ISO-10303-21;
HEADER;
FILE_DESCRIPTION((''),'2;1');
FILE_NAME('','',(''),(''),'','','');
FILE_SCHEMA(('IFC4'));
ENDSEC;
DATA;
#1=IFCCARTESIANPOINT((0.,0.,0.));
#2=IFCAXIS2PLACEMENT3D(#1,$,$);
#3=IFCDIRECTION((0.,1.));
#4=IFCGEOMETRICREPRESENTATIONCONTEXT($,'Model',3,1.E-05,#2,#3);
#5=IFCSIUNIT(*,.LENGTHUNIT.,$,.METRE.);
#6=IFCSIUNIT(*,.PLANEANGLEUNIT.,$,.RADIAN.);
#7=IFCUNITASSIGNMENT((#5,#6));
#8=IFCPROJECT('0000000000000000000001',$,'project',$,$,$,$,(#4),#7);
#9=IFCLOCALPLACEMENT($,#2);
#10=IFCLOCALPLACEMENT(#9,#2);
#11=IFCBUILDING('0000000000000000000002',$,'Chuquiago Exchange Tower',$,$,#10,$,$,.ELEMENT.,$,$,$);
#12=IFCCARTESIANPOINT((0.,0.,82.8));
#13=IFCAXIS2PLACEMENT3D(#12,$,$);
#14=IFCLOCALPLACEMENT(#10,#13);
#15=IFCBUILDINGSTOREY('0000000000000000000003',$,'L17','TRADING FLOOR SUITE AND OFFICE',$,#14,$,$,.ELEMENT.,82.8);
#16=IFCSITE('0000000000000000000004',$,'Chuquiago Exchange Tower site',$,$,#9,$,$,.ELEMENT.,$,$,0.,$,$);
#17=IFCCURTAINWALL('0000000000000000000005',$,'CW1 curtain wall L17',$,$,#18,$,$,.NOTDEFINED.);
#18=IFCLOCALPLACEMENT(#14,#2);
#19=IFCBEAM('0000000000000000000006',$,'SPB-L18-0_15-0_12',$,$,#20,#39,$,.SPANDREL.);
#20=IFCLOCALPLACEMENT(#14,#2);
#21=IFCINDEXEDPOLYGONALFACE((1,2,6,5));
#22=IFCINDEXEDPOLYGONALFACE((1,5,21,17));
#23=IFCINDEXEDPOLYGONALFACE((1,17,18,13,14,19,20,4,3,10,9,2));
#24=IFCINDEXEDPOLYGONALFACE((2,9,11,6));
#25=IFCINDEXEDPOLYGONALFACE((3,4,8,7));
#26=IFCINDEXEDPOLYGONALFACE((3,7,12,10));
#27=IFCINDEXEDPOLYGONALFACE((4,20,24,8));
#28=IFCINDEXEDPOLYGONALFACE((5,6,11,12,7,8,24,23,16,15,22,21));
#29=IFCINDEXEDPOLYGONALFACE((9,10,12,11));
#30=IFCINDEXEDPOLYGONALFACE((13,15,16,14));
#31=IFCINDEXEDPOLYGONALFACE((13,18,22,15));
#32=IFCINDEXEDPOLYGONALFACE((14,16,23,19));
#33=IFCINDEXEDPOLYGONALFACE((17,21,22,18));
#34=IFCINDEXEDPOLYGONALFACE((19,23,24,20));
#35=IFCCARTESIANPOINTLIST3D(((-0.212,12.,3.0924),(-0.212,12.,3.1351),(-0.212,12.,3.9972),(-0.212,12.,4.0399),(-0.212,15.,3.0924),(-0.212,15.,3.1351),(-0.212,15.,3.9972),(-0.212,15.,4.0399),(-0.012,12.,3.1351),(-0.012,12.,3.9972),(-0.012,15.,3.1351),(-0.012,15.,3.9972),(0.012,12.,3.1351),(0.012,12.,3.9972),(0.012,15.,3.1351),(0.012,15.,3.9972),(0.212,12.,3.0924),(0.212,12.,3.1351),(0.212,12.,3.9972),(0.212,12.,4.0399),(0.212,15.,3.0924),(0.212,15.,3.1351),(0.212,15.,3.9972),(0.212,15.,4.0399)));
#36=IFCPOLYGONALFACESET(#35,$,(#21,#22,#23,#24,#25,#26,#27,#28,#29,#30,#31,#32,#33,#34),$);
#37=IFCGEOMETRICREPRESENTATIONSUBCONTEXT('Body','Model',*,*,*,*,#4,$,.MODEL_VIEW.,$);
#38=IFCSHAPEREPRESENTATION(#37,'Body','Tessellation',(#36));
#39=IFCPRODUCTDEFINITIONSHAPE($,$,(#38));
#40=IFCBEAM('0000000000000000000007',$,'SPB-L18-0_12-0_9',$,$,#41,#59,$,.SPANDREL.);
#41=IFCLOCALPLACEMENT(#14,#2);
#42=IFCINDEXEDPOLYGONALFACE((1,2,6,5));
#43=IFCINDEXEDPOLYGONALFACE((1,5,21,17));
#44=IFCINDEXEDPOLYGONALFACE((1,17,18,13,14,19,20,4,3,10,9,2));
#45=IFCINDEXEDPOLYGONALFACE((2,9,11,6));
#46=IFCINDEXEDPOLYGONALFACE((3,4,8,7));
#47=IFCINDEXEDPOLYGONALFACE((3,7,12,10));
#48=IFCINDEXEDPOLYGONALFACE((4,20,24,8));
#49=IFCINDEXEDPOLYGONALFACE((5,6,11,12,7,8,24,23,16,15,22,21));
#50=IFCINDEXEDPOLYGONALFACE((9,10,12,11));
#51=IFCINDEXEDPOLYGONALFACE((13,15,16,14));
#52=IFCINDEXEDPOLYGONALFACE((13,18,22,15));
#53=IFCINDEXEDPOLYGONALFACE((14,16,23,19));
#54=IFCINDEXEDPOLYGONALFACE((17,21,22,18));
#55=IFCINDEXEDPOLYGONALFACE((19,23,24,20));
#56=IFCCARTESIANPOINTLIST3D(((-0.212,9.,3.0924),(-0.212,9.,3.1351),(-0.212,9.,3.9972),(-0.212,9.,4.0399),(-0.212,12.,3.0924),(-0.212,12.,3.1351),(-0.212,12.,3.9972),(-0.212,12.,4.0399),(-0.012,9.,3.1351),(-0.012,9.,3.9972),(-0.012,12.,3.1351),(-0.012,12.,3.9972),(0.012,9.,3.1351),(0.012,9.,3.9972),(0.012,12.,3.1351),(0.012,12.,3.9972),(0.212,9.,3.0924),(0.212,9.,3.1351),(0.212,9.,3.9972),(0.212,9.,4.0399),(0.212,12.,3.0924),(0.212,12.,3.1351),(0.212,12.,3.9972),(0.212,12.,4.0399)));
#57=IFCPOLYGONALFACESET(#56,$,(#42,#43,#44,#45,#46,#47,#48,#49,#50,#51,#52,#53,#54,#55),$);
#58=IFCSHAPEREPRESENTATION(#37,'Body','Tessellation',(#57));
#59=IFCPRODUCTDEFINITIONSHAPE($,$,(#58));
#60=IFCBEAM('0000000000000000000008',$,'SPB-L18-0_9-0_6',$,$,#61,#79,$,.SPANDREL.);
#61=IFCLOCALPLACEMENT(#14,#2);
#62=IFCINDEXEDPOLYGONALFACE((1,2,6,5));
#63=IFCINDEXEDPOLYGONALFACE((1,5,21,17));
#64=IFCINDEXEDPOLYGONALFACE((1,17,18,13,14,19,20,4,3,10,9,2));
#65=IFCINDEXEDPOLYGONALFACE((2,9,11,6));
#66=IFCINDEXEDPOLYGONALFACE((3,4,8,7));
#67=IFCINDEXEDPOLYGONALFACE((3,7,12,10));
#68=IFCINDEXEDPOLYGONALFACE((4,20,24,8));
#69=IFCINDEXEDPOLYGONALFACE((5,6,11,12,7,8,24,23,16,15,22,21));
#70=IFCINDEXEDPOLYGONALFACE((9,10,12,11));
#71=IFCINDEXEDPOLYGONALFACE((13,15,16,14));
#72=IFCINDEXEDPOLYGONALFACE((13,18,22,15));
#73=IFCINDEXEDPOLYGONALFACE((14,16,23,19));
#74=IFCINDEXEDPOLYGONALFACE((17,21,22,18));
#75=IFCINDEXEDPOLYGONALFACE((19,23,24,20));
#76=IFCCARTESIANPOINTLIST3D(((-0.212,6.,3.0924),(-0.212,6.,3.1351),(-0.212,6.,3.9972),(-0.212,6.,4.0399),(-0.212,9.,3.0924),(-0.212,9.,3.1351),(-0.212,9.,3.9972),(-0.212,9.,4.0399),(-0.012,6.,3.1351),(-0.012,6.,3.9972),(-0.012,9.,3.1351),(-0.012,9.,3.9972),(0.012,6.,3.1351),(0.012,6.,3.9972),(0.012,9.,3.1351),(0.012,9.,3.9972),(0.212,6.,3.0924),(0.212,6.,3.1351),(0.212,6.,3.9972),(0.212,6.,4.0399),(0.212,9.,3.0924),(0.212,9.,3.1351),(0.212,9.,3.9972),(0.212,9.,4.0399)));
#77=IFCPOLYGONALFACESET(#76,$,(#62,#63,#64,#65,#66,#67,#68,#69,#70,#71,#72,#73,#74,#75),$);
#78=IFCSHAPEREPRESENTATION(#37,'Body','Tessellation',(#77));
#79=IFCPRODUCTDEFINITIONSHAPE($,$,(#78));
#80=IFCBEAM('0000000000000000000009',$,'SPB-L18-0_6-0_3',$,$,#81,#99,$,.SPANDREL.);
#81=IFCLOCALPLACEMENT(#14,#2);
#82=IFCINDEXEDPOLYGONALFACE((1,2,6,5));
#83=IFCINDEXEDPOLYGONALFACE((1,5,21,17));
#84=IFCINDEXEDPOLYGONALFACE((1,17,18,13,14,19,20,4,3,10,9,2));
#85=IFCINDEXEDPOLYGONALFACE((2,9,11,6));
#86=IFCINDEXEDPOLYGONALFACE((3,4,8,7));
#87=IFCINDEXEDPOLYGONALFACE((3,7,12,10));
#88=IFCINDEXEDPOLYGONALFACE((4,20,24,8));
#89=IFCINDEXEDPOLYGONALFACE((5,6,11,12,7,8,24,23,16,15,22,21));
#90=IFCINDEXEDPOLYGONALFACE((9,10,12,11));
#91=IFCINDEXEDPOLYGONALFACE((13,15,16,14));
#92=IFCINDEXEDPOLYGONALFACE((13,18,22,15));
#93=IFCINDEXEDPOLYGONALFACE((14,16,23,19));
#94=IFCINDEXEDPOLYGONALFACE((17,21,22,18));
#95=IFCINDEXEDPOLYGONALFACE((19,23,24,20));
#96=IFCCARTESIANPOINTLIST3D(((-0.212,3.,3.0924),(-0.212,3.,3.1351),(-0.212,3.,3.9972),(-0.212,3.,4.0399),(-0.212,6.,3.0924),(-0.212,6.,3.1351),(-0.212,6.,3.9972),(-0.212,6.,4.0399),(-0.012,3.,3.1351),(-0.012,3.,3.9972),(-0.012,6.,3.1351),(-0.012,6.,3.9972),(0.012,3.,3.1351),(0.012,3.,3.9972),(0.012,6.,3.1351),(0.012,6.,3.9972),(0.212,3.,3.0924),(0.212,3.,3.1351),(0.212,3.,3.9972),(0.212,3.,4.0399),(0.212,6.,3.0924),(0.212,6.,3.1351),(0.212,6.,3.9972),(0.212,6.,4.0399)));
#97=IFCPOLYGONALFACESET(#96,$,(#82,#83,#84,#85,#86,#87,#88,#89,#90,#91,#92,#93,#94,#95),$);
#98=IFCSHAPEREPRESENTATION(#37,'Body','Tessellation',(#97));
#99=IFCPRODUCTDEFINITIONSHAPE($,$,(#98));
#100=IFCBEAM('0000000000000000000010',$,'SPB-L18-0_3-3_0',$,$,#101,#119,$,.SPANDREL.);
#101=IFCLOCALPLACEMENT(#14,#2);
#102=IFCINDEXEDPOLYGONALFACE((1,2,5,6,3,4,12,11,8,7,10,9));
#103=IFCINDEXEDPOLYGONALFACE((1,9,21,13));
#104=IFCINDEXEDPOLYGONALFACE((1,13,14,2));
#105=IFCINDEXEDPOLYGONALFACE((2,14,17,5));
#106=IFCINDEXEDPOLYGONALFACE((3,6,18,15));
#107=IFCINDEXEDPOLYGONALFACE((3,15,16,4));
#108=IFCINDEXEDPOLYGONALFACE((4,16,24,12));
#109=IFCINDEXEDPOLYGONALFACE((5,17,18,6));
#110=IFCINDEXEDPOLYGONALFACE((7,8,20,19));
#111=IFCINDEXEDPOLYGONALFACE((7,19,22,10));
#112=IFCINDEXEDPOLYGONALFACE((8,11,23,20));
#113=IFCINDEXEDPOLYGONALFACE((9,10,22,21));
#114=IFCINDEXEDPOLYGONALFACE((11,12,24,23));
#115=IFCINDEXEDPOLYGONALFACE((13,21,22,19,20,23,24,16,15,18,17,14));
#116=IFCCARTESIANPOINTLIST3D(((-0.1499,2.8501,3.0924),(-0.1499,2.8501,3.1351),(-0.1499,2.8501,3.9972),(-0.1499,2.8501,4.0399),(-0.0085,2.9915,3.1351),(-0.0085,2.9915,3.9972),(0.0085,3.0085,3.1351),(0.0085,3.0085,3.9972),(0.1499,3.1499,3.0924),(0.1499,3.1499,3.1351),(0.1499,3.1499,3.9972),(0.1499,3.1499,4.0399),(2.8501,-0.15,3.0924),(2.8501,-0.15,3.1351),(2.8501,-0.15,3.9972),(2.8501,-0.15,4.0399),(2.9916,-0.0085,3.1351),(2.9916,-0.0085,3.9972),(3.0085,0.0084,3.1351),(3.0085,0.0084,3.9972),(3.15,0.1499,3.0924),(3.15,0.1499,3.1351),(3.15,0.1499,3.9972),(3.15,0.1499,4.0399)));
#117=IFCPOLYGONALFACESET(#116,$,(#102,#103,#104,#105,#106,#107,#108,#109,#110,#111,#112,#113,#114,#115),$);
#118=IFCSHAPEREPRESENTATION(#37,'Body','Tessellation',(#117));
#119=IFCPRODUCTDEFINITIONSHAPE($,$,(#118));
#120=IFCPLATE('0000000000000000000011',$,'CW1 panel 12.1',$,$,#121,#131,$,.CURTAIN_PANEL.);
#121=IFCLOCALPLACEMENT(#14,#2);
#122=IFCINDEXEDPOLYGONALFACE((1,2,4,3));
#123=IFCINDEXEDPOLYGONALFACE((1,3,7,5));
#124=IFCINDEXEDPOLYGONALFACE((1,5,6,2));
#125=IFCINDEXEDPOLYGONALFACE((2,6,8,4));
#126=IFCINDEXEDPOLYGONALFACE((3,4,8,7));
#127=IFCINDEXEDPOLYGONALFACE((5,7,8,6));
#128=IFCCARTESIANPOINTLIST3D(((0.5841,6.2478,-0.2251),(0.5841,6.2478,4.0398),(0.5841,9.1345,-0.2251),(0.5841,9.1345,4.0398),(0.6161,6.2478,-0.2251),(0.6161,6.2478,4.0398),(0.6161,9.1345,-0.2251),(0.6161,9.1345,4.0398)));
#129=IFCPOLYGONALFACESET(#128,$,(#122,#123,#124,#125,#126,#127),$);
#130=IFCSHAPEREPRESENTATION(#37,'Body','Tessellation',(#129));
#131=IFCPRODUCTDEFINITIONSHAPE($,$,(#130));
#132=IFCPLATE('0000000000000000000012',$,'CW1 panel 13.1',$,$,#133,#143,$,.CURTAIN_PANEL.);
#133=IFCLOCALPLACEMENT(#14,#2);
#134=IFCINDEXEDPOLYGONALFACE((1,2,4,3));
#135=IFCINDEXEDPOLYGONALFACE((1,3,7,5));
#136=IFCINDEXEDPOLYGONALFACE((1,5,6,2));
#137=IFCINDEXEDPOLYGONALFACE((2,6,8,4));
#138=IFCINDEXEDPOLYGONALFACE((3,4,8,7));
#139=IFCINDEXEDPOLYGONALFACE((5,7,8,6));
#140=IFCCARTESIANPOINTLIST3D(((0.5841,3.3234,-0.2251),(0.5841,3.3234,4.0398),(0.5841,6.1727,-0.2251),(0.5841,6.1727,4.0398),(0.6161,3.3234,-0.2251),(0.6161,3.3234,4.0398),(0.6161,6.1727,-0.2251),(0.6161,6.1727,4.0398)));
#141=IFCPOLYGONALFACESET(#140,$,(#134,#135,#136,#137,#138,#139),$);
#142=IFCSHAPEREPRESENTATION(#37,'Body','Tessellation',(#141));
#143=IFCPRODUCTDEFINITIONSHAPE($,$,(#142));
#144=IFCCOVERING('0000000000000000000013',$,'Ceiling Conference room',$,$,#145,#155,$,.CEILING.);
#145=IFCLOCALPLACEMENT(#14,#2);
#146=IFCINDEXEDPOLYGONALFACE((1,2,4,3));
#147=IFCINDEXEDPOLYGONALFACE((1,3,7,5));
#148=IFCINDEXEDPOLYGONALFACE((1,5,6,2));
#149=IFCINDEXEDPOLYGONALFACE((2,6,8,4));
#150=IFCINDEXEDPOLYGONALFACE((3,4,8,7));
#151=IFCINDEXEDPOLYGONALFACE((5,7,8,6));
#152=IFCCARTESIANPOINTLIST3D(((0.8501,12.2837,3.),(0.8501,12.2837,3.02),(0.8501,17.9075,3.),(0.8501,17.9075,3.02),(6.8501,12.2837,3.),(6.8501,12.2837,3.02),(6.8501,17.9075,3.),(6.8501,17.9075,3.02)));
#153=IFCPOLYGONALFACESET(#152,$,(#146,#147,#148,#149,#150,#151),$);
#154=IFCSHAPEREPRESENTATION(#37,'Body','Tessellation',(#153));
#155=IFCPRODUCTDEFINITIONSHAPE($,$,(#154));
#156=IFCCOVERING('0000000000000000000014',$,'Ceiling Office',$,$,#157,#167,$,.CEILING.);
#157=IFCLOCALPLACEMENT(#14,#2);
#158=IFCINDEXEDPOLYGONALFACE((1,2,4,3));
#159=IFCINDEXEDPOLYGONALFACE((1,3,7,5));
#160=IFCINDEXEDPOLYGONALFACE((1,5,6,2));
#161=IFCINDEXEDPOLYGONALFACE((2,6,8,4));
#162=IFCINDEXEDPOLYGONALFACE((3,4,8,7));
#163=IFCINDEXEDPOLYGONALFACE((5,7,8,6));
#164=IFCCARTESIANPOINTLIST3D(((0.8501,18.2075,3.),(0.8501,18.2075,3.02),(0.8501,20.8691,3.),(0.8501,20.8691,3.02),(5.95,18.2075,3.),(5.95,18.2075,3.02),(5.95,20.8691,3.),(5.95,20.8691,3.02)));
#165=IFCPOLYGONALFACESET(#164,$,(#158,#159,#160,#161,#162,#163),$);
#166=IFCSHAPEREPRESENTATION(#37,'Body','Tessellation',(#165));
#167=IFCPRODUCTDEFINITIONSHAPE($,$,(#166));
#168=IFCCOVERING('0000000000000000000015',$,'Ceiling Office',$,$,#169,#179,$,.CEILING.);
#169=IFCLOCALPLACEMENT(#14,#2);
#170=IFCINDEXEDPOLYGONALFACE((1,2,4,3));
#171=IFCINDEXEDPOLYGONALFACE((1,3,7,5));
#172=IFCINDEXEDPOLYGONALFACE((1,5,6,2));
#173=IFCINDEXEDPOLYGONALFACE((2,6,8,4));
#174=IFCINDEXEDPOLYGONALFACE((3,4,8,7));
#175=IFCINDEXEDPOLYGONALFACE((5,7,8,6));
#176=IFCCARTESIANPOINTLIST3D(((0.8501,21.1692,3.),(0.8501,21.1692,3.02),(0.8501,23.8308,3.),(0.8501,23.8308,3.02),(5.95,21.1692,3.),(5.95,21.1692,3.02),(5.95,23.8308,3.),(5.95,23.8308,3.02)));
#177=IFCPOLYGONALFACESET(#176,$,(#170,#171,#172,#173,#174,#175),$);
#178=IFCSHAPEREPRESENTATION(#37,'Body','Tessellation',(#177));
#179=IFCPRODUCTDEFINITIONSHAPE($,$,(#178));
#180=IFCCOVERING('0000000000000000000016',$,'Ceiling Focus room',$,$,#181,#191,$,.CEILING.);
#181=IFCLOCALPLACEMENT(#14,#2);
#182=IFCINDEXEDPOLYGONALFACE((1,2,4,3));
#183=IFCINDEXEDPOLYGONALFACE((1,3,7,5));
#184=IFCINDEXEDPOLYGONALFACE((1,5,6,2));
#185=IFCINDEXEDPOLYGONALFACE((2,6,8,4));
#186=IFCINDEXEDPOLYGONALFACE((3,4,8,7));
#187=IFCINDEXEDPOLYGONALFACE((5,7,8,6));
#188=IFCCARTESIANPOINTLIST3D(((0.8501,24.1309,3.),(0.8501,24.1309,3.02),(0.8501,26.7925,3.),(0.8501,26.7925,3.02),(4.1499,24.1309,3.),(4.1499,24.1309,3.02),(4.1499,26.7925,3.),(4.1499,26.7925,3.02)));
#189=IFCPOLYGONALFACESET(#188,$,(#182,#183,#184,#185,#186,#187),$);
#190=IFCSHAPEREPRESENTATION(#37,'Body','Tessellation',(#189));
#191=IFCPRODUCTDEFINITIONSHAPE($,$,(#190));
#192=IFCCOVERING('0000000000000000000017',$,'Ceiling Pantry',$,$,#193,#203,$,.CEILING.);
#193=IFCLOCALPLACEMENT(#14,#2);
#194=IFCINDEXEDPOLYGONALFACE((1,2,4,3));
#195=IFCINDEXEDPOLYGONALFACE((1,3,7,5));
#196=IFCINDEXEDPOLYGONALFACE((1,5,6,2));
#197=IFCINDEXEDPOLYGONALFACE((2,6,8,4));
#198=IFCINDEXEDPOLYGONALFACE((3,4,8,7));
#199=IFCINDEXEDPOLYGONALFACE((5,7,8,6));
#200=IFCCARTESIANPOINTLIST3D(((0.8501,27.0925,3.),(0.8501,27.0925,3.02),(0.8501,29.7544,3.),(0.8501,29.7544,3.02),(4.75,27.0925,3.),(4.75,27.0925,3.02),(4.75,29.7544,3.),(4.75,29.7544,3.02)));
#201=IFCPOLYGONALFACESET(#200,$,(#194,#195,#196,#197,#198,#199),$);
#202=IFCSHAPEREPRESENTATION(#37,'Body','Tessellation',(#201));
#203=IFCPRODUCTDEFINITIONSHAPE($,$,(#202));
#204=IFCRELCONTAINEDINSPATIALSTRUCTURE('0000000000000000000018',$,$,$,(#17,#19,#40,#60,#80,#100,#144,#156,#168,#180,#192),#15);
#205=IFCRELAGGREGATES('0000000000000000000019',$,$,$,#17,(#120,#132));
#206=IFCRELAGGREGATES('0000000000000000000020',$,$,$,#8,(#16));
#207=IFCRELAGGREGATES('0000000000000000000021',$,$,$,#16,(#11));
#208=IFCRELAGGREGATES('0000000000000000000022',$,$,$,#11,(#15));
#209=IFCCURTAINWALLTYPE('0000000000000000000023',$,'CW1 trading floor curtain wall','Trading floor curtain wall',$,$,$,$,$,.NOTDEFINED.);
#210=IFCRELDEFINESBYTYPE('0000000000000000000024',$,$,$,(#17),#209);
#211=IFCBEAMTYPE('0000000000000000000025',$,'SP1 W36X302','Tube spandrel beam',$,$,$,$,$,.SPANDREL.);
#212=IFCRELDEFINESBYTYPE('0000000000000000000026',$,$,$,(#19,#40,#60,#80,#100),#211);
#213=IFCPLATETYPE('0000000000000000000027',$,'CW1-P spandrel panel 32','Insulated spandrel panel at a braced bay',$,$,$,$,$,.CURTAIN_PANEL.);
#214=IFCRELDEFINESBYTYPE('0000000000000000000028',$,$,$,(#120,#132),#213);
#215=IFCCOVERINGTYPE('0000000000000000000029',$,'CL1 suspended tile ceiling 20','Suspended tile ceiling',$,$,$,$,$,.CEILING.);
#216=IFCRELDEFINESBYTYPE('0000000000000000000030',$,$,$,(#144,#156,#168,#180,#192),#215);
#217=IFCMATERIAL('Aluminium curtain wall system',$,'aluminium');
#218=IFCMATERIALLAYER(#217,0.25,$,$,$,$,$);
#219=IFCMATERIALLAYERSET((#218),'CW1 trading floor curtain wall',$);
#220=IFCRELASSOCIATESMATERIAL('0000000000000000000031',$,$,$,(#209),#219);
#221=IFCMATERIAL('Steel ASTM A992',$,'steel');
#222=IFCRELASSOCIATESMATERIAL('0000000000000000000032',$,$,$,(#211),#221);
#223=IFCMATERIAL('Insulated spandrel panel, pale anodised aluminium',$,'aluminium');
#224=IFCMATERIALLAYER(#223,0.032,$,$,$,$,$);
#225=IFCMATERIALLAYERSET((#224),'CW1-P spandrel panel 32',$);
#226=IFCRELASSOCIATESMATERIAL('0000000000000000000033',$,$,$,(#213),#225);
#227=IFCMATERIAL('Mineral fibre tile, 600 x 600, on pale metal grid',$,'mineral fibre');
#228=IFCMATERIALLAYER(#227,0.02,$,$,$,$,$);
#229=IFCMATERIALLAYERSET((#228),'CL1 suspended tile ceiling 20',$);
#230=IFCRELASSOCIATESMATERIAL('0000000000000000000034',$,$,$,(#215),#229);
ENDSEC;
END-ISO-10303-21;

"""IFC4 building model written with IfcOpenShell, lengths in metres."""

from ifc_helpers import new_model, si_unit, direction, frame, origin, origin_2d, place, context, subcontext, project, spatial, polyline, rectangle, i_section, outline, extrude, material, layer, layer_set, material_profile, profile_set, type_object, element, aggregate, save


model = new_model("IFC4")

# Units and contexts
model_context = context("Model", 3, precision=1e-05, world=origin(), true_north=direction((0.0, 1.0)))
body_context = subcontext(model_context, "Body", "Model", "MODEL_VIEW")
ifc_project = project(units=[si_unit("LENGTHUNIT", "METRE"), si_unit("PLANEANGLEUNIT", "RADIAN")], contexts=[model_context])

# Site, building, storey
site_placement = place(None, origin())
site = spatial("IfcSite", under=ifc_project, at=site_placement, Name="Chuquiago Exchange Tower site", CompositionType="ELEMENT", RefElevation=0.0)
building_placement = place(site_placement, origin())
building = spatial("IfcBuilding", under=site, at=building_placement, Name="Chuquiago Exchange Tower", CompositionType="ELEMENT")
storey_placement = place(building_placement, frame((0.0, 0.0, 82.8)))
storey = spatial("IfcBuildingStorey", under=building, at=storey_placement, Name="L17", Description="TRADING FLOOR SUITE AND OFFICE", CompositionType="ELEMENT", Elevation=82.8)

# Curtain wall
ifc_material_1 = material(Name="Aluminium curtain wall system", Category="aluminium")
ifc_layer_1 = layer(ifc_material_1, 0.25)
ifc_layer_set_1 = layer_set([ifc_layer_1], Name="CW1 trading floor curtain wall")
curtain_wall_type = type_object("IfcCurtainWallType", Name="CW1 trading floor curtain wall", Description="Trading floor curtain wall", PredefinedType="NOTDEFINED", material=ifc_layer_set_1)
curtain_wall_placement = place(storey_placement, origin())
curtain_wall = element("IfcCurtainWall", 1, at=curtain_wall_placement, inside=storey, type_object=curtain_wall_type, Name="CW1 curtain wall L17", PredefinedType="NOTDEFINED")

# Beams
ifc_material_2 = material(Name="Steel ASTM A992", Category="steel")
ifc_material_profile_1 = material_profile(ifc_material_2, i_section(OverallWidth=0.4241, OverallDepth=0.9475, WebThickness=0.0239, FlangeThickness=0.0427, at=origin_2d()), Name="W36X302")
ifc_profile_set_1 = profile_set([ifc_material_profile_1], Name="Steel ASTM A992")
beam_type = type_object("IfcBeamType", Name="SP1 W36X302", Description="Tube spandrel beam", PredefinedType="SPANDREL", material=ifc_profile_set_1)
for number, where, z_axis, x_axis, name in (
    (2, (0.0, 15.0, 3.5662), (0.0, -1.0, 0.0), (1.0, 0.0, 0.0), "SPB-L18-0_15-0_12"),
    (3, (0.0, 12.0, 3.5662), (0.0, -1.0, 0.0), (1.0, 0.0, 0.0), "SPB-L18-0_12-0_9"),
    (4, (0.0, 9.0, 3.5662), (0.0, -1.0, 0.0), (1.0, 0.0, 0.0), "SPB-L18-0_9-0_6"),
    (5, (0.0, 6.0, 3.5662), (0.0, -1.0, 0.0), (1.0, 0.0, 0.0), "SPB-L18-0_6-0_3"),
):
    element("IfcBeam", number, at=place(storey_placement, frame(where, z_axis=z_axis, x_axis=x_axis)), inside=storey, type_object=beam_type, Name=name, PredefinedType="SPANDREL", context=body_context, shape_type="SweptSolid", body=[
        extrude(i_section(OverallWidth=0.4241, OverallDepth=0.9475, WebThickness=0.0239, FlangeThickness=0.0427, at=origin_2d()), origin(), (0.0, 0.0, 1.0), 3.0),
    ])
beam_placement = place(storey_placement, frame((0.0, 3.0, 3.5662), z_axis=(0.707107, -0.707107, 0.0), x_axis=(0.707107, 0.707107, 0.0)))
element("IfcBeam", 6, at=beam_placement, inside=storey, type_object=beam_type, Name="SPB-L18-0_3-3_0", PredefinedType="SPANDREL", context=body_context, shape_type="SweptSolid", body=[
    extrude(i_section(OverallWidth=0.4241, OverallDepth=0.9475, WebThickness=0.0239, FlangeThickness=0.0427, at=origin_2d()), origin(), (0.0, 0.0, 1.0), 4.2427),
])

# Plates
ifc_material_3 = material(Name="Insulated spandrel panel, pale anodised aluminium", Category="aluminium")
ifc_layer_2 = layer(ifc_material_3, 0.032)
ifc_layer_set_2 = layer_set([ifc_layer_2], Name="CW1-P spandrel panel 32")
plate_type = type_object("IfcPlateType", Name="CW1-P spandrel panel 32", Description="Insulated spandrel panel at a braced bay", PredefinedType="CURTAIN_PANEL", material=ifc_layer_set_2)
plate_1_placement = place(storey_placement, frame((0.6001, 7.6912, -0.2251), z_axis=(0.0, 0.0, 1.0), x_axis=(0.0, -1.0, 0.0)))
plate_1 = element("IfcPlate", 7, at=plate_1_placement, type_object=plate_type, Name="CW1 panel 12.1", PredefinedType="CURTAIN_PANEL", context=body_context, shape_type="SweptSolid", body=[
    extrude(rectangle(XDim=2.8867, YDim=0.032, at=origin_2d()), origin(), (0.0, 0.0, 1.0), 4.2649),
])
plate_2_placement = place(storey_placement, frame((0.6001, 4.748, -0.2251), z_axis=(0.0, 0.0, 1.0), x_axis=(0.0, -1.0, 0.0)))
plate_2 = element("IfcPlate", 8, at=plate_2_placement, type_object=plate_type, Name="CW1 panel 13.1", PredefinedType="CURTAIN_PANEL", context=body_context, shape_type="SweptSolid", body=[
    extrude(rectangle(XDim=2.8494, YDim=0.032, at=origin_2d()), origin(), (0.0, 0.0, 1.0), 4.2649),
])
aggregate(curtain_wall, [plate_1, plate_2])

# Coverings
ifc_material_4 = material(Name="Mineral fibre tile, 600 x 600, on pale metal grid", Category="mineral fibre")
ifc_layer_3 = layer(ifc_material_4, 0.02)
ifc_layer_set_3 = layer_set([ifc_layer_3], Name="CL1 suspended tile ceiling 20")
covering_type_1 = type_object("IfcCoveringType", Name="CL1 suspended tile ceiling 20", Description="Suspended tile ceiling", PredefinedType="CEILING", material=ifc_layer_set_3)
covering_1_placement = place(storey_placement, frame((0.0, 0.0, 3.0)))
element("IfcCovering", 9, at=covering_1_placement, inside=storey, type_object=covering_type_1, Name="Ceiling Conference room", PredefinedType="CEILING", context=body_context, shape_type="SweptSolid", body=[
    extrude(outline(polyline([(6.8501, 17.9075), (6.8501, 12.2837), (0.8501, 12.2837), (0.8501, 17.9075), (6.8501, 17.9075)])), origin(), (0.0, 0.0, 1.0), 0.02),
])
covering_2_placement = place(storey_placement, frame((0.0, 0.0, 3.0)))
element("IfcCovering", 10, at=covering_2_placement, inside=storey, type_object=covering_type_1, Name="Ceiling Office", PredefinedType="CEILING", context=body_context, shape_type="SweptSolid", body=[
    extrude(outline(polyline([(5.95, 20.8691), (5.95, 18.2075), (0.8501, 18.2075), (0.8501, 20.8691), (5.95, 20.8691)])), origin(), (0.0, 0.0, 1.0), 0.02),
])
covering_3_placement = place(storey_placement, frame((0.0, 0.0, 3.0)))
element("IfcCovering", 11, at=covering_3_placement, inside=storey, type_object=covering_type_1, Name="Ceiling Office", PredefinedType="CEILING", context=body_context, shape_type="SweptSolid", body=[
    extrude(outline(polyline([(5.95, 23.8308), (5.95, 21.1692), (0.8501, 21.1692), (0.8501, 23.8308), (5.95, 23.8308)])), origin(), (0.0, 0.0, 1.0), 0.02),
])
covering_4_placement = place(storey_placement, frame((0.0, 0.0, 3.0)))
element("IfcCovering", 12, at=covering_4_placement, inside=storey, type_object=covering_type_1, Name="Ceiling Focus room", PredefinedType="CEILING", context=body_context, shape_type="SweptSolid", body=[
    extrude(outline(polyline([(4.1499, 26.7925), (4.1499, 24.1309), (0.8501, 24.1309), (0.8501, 26.7925), (4.1499, 26.7925)])), origin(), (0.0, 0.0, 1.0), 0.02),
])
covering_5_placement = place(storey_placement, frame((0.0, 0.0, 3.0)))
element("IfcCovering", 13, at=covering_5_placement, inside=storey, type_object=covering_type_1, Name="Ceiling Pantry", PredefinedType="CEILING", context=body_context, shape_type="SweptSolid", body=[
    extrude(outline(polyline([(4.75, 29.7544), (4.75, 27.0925), (0.8501, 27.0925), (0.8501, 29.7544), (4.75, 29.7544)])), origin(), (0.0, 0.0, 1.0), 0.02),
])

save(model, "model.ifc")
